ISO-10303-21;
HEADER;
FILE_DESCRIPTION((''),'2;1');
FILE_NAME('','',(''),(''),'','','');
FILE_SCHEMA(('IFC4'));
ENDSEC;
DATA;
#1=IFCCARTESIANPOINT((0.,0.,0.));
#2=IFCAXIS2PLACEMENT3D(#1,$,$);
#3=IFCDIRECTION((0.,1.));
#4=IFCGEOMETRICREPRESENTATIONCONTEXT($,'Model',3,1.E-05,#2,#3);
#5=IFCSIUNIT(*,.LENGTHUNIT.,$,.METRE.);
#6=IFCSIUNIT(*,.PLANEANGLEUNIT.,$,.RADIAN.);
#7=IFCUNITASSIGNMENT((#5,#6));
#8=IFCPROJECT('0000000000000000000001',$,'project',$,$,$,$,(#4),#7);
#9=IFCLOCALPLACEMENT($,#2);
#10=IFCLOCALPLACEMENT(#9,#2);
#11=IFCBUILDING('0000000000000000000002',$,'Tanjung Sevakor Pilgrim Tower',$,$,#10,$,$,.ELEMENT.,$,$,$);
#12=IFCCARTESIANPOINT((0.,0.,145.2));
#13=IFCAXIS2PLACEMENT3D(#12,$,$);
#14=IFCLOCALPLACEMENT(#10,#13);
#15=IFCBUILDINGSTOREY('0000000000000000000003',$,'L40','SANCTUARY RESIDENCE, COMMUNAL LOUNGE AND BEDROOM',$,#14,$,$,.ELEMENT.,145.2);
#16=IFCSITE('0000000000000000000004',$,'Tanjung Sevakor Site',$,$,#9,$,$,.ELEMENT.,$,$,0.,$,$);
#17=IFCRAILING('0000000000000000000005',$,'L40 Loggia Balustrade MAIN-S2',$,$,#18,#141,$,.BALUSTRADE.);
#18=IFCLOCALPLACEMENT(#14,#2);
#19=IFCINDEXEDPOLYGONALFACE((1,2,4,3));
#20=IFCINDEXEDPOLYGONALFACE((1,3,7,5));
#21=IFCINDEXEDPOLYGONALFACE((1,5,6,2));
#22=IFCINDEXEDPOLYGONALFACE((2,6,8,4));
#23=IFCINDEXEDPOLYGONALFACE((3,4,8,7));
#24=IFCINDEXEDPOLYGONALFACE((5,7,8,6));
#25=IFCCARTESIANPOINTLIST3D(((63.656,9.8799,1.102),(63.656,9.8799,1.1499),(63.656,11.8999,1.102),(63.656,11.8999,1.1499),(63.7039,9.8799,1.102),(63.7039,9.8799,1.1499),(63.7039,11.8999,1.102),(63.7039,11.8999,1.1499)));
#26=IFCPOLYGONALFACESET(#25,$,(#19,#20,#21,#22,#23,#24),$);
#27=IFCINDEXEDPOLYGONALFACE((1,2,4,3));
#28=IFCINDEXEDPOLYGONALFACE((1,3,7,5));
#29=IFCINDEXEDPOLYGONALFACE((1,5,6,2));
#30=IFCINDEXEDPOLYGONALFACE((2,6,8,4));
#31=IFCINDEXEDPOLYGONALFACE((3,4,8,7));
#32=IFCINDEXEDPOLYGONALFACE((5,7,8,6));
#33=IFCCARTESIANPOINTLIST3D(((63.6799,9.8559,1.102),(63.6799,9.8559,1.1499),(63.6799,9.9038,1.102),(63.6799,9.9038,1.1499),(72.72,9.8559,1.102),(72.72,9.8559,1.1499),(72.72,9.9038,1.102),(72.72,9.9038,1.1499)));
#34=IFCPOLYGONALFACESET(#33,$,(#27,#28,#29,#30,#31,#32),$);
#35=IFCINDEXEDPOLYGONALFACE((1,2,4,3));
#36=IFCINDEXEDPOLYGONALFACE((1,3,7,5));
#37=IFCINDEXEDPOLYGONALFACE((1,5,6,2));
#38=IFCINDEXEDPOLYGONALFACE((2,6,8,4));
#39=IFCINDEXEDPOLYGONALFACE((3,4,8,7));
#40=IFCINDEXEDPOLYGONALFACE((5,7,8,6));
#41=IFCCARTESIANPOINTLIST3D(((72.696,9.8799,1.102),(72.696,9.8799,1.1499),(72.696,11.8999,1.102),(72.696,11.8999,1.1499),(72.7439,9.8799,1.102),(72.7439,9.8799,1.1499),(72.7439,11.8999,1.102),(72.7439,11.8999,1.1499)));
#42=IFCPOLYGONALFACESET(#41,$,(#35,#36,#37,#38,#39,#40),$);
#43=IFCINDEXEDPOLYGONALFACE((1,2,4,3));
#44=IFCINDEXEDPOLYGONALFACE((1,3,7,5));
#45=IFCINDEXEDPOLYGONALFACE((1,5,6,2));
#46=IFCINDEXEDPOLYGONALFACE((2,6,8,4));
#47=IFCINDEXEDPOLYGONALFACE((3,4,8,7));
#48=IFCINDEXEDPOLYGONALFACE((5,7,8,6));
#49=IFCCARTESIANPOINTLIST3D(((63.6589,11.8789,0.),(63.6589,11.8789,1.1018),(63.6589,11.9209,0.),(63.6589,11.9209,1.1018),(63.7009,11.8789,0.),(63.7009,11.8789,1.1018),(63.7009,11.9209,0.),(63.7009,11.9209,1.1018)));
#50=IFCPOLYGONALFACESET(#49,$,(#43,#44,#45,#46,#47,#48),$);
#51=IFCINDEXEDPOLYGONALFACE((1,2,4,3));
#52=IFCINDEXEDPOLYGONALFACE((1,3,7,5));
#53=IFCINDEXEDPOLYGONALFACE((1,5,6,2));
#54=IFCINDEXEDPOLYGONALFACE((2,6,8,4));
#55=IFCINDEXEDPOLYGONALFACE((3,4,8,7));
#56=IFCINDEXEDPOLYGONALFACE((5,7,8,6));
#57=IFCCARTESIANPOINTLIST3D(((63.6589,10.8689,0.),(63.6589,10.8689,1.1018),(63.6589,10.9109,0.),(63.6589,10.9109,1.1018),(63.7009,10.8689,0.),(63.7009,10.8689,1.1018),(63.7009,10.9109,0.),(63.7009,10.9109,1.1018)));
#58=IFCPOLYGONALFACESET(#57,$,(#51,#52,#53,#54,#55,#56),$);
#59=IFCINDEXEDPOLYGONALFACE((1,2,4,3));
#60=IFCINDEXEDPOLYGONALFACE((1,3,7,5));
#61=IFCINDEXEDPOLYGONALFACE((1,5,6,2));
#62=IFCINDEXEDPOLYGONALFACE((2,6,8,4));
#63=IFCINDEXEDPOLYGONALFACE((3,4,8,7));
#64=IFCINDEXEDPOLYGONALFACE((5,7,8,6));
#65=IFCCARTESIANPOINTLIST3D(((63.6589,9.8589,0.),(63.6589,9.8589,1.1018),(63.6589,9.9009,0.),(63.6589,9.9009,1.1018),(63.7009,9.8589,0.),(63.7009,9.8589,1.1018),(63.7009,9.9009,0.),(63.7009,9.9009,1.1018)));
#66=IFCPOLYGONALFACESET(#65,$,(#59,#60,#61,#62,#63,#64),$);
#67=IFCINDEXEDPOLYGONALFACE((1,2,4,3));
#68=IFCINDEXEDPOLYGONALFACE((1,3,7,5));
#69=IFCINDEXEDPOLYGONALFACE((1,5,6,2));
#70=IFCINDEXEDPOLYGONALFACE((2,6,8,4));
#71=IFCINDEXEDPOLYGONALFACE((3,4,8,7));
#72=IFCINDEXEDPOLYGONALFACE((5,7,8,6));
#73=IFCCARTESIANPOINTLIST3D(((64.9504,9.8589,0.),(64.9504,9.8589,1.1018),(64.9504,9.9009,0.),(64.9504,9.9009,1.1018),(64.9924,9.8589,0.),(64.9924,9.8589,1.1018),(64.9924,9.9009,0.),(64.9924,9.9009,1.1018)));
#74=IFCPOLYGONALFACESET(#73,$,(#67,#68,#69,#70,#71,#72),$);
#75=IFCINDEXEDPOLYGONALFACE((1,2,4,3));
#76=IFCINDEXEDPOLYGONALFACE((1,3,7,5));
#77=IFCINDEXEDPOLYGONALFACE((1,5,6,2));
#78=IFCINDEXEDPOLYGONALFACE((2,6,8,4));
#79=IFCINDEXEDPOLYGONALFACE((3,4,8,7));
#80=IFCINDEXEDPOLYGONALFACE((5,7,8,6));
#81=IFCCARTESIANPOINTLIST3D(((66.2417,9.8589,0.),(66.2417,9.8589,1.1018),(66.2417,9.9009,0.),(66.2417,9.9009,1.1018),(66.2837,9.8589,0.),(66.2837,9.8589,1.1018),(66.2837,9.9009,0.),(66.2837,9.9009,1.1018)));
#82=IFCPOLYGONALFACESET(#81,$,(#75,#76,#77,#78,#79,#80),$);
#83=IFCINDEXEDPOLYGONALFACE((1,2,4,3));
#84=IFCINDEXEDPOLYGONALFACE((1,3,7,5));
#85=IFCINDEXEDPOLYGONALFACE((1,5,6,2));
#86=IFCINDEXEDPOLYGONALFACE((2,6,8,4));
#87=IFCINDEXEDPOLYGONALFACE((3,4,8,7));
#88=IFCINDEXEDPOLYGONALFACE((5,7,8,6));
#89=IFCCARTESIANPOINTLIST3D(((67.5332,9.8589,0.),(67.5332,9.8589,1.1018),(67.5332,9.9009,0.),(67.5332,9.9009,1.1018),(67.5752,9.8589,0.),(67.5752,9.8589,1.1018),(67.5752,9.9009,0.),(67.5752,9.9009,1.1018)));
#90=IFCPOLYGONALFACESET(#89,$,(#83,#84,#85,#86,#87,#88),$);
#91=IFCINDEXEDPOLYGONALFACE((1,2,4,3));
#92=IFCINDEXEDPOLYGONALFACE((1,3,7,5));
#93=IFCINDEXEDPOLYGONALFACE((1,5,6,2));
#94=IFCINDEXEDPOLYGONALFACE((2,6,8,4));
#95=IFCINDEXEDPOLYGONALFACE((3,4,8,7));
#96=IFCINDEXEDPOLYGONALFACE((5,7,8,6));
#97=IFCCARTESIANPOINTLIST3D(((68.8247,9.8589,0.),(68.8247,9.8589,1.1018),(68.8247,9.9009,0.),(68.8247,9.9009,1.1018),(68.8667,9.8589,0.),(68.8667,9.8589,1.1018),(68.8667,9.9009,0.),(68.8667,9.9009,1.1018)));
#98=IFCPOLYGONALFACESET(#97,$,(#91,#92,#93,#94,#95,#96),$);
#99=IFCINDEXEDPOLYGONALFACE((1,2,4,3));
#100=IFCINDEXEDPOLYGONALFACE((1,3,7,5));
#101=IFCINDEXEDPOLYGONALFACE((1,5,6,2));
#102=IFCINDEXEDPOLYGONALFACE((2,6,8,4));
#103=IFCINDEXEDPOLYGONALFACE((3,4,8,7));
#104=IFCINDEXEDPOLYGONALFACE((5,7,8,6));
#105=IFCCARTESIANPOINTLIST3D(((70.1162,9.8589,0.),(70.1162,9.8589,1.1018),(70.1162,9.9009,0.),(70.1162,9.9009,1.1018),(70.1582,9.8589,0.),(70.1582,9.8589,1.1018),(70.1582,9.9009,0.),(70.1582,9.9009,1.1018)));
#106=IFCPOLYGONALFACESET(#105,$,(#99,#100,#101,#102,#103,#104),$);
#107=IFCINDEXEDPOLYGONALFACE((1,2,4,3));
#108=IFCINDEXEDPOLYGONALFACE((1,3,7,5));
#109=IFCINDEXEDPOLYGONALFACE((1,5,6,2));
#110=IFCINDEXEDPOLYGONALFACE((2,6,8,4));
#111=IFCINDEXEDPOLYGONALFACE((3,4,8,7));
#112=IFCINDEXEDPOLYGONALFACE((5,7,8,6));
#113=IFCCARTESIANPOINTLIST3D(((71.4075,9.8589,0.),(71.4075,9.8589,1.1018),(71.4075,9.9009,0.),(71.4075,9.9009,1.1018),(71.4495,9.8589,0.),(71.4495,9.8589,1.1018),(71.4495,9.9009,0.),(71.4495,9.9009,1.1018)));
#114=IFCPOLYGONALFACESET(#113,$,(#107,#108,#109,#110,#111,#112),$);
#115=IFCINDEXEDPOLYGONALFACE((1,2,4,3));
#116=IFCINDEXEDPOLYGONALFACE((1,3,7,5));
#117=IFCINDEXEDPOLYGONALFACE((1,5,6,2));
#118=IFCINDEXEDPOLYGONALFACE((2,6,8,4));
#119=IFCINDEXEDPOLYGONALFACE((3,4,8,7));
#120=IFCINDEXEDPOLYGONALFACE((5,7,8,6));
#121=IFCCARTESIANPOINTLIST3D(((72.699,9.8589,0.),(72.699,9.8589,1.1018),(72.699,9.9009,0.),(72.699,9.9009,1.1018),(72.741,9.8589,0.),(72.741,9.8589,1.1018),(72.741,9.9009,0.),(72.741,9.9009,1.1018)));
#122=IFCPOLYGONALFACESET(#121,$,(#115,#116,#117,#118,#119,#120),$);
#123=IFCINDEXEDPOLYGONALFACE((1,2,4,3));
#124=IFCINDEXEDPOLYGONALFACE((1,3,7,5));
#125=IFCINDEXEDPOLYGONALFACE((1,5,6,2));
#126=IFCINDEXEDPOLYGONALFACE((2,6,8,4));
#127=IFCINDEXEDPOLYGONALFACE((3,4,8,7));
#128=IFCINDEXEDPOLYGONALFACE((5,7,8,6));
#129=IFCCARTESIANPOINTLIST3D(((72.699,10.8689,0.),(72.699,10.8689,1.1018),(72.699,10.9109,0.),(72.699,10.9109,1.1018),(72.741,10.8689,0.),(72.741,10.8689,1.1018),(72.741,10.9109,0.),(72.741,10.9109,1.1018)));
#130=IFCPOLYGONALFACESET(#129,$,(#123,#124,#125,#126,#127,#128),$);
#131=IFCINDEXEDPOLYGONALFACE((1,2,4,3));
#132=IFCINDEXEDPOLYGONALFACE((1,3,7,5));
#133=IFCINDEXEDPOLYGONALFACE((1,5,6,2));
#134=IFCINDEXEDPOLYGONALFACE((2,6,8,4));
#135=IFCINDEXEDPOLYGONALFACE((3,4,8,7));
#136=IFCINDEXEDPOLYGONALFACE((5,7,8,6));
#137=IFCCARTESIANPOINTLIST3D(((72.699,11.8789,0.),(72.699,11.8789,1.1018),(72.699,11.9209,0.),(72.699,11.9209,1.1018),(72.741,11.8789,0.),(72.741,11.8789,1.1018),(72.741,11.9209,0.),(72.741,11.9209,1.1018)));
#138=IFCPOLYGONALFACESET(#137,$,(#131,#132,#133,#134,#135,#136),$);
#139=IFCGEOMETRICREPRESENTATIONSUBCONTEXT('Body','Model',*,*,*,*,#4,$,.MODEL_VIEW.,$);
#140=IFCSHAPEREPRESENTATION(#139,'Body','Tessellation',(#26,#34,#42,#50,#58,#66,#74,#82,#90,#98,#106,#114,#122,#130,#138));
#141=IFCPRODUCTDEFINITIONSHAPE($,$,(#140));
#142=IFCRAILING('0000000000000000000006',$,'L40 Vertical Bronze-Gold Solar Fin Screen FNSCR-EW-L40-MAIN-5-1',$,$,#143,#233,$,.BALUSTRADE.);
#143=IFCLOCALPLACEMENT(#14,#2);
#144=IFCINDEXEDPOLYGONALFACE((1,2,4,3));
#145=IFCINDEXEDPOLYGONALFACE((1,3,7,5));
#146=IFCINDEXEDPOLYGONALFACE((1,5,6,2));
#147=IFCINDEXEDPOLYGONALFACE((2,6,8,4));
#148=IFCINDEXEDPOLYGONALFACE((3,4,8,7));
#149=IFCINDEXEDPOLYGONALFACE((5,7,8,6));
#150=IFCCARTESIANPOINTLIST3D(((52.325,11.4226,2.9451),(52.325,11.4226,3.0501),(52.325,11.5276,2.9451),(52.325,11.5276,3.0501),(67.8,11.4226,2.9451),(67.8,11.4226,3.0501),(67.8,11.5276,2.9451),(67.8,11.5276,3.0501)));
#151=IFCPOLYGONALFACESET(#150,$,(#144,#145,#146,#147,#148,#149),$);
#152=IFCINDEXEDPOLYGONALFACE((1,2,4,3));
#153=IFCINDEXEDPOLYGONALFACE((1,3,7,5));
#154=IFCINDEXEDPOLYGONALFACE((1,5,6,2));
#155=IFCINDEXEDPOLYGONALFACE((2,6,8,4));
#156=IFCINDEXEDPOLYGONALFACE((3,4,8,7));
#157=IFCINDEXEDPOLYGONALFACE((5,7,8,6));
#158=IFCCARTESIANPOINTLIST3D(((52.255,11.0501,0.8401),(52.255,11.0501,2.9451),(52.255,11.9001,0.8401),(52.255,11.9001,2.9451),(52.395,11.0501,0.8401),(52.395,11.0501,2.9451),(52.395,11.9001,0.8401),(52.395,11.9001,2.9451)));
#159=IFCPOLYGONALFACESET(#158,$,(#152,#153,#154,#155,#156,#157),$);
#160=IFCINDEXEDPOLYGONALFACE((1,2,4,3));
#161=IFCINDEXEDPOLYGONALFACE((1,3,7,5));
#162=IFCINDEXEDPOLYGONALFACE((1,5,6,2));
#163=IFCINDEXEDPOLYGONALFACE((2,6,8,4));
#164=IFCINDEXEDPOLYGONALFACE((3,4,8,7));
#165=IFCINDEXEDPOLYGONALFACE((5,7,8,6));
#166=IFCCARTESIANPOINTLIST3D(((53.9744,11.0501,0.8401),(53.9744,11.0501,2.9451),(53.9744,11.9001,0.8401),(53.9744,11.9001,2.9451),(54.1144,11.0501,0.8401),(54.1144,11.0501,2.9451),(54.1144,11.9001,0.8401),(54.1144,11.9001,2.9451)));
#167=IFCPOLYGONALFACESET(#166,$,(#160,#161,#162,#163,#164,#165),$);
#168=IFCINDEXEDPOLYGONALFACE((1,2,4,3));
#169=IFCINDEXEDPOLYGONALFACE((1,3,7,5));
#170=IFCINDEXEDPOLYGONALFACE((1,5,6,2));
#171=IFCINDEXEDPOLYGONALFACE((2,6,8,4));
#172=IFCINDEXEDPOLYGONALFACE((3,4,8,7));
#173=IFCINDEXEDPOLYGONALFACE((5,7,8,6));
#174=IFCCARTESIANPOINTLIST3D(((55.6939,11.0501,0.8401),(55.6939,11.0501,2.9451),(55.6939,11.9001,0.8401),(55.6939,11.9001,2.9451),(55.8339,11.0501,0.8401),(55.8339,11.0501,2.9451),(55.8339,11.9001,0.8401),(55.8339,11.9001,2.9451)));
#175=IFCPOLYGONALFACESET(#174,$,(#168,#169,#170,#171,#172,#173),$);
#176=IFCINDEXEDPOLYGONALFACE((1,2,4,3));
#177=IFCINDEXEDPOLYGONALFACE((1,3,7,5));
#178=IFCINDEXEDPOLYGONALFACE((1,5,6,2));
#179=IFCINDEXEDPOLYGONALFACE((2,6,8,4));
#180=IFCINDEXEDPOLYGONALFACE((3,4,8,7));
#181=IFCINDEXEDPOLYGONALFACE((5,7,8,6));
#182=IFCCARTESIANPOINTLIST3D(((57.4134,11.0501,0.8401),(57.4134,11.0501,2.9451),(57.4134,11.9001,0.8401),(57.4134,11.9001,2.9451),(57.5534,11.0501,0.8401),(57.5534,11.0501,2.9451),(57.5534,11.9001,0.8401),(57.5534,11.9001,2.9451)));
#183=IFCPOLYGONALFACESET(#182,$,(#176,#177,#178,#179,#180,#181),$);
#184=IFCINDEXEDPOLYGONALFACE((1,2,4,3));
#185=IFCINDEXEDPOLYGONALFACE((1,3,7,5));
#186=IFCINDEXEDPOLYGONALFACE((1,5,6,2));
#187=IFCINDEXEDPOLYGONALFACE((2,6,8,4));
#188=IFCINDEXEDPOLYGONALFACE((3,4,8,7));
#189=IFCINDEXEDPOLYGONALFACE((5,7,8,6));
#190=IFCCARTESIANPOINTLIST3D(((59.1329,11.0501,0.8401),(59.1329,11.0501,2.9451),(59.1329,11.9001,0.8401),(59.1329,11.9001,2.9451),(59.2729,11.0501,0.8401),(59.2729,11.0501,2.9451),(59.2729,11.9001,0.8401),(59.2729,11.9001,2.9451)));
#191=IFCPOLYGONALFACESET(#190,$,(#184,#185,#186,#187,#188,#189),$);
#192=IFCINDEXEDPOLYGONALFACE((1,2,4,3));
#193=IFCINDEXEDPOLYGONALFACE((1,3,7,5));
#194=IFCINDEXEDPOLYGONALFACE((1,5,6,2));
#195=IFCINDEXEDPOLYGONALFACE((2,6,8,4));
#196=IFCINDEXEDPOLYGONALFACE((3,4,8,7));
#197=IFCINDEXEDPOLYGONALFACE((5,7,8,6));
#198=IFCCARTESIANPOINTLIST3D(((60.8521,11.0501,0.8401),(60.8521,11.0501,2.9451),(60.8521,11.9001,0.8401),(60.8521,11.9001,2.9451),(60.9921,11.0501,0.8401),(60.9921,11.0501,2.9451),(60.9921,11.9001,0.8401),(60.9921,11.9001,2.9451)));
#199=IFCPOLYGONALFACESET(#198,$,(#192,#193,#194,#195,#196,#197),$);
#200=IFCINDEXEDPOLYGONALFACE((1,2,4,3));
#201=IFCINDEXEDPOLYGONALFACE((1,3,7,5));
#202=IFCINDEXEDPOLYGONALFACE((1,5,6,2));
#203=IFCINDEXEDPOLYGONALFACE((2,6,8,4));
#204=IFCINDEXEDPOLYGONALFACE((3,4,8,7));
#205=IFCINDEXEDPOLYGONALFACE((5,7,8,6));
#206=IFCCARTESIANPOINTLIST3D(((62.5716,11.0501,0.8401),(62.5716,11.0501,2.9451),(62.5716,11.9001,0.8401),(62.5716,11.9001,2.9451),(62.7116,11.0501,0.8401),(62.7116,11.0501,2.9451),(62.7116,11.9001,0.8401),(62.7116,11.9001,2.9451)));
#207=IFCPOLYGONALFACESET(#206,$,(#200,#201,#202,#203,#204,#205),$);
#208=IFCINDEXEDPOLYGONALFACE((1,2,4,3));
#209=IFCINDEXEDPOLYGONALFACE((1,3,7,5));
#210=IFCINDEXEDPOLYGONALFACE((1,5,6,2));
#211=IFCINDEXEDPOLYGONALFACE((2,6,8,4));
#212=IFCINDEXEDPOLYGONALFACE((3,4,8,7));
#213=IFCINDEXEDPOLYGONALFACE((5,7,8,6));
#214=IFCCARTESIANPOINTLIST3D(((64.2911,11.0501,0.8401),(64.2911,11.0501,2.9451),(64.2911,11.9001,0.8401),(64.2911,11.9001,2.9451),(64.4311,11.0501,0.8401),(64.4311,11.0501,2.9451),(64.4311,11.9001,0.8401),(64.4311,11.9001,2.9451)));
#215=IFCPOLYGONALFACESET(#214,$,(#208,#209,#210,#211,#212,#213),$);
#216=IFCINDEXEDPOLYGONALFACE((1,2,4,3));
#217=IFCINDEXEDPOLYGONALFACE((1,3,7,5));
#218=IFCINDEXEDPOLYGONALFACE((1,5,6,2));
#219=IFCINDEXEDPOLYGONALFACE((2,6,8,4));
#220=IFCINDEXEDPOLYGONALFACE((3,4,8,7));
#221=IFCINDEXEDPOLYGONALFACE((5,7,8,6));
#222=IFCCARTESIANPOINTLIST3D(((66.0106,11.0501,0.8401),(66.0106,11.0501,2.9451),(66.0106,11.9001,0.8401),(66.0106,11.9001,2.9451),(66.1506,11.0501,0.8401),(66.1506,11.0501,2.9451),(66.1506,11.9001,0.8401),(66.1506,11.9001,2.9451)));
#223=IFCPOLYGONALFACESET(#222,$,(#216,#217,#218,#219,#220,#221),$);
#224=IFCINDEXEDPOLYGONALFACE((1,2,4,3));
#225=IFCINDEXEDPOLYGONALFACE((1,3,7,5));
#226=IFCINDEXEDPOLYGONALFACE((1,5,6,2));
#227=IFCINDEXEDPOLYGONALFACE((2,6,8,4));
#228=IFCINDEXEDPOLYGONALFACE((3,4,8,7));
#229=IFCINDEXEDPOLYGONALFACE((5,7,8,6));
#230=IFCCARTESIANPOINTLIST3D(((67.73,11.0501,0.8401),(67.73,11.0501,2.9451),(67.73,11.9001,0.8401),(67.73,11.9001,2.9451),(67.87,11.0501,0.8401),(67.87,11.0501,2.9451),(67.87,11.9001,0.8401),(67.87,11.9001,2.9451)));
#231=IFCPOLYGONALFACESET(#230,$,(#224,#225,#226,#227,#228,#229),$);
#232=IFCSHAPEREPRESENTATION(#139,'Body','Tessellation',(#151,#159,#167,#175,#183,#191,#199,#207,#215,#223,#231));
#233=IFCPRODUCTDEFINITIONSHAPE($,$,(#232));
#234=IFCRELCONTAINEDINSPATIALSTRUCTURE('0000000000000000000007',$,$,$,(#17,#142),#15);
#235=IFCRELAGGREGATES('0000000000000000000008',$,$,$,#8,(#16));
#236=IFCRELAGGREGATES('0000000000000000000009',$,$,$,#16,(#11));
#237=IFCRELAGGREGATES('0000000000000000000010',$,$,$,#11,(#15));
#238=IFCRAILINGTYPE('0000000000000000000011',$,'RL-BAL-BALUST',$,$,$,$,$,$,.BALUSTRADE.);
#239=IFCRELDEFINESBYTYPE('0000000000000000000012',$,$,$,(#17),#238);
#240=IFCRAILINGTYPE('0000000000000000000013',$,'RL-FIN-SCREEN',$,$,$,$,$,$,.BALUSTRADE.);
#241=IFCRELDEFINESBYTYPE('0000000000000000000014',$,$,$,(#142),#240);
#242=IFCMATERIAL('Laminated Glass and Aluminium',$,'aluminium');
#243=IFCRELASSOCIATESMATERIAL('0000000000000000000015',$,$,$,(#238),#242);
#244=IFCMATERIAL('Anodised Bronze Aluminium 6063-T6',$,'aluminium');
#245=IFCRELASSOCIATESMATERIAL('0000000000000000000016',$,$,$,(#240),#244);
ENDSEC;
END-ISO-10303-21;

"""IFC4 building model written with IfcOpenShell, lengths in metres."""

from ifc_helpers import new_model, si_unit, direction, frame, origin, place, context, subcontext, project, spatial, rectangle, extrude, material, type_object, element, save


model = new_model("IFC4")

# Units and contexts
model_context = context("Model", 3, precision=1e-05, world=origin(), true_north=direction((0.0, 1.0)))
body_context = subcontext(model_context, "Body", "Model", "MODEL_VIEW")
ifc_project = project(units=[si_unit("LENGTHUNIT", "METRE"), si_unit("PLANEANGLEUNIT", "RADIAN")], contexts=[model_context])

# Site, building, storey
site_placement = place(None, origin())
site = spatial("IfcSite", under=ifc_project, at=site_placement, Name="Tanjung Sevakor Site", CompositionType="ELEMENT", RefElevation=0.0)
building_placement = place(site_placement, origin())
building = spatial("IfcBuilding", under=site, at=building_placement, Name="Tanjung Sevakor Pilgrim Tower", CompositionType="ELEMENT")
storey_placement = place(building_placement, frame((0.0, 0.0, 145.2)))
storey = spatial("IfcBuildingStorey", under=building, at=storey_placement, Name="L40", Description="SANCTUARY RESIDENCE, COMMUNAL LOUNGE AND BEDROOM", CompositionType="ELEMENT", Elevation=145.2)

# Railings
ifc_material_1 = material(Name="Laminated Glass and Aluminium", Category="aluminium")
railing_type_1 = type_object("IfcRailingType", Name="RL-BAL-BALUST", PredefinedType="BALUSTRADE", material=ifc_material_1)
railing_1_placement = place(storey_placement, frame((63.6799, 11.8999, 0.0)))
element("IfcRailing", 1, at=railing_1_placement, inside=storey, type_object=railing_type_1, Name="L40 Loggia Balustrade MAIN-S2", PredefinedType="BALUSTRADE", context=body_context, shape_type="SweptSolid", body=[
    extrude(rectangle(XDim=0.0479, YDim=0.0479), frame((0.0, 0.0, 1.126), z_axis=(0.0, -1.0, 0.0), x_axis=(1.0, 0.0, 0.0)), (0.0, 0.0, 1.0), 2.02),
    extrude(rectangle(XDim=0.0479, YDim=0.0479), frame((0.0, -2.02, 1.126), z_axis=(1.0, 0.0, 0.0), x_axis=(0.0, 1.0, 0.0)), (0.0, 0.0, 1.0), 9.04),
    extrude(rectangle(XDim=0.0479, YDim=0.0479), frame((9.04, -2.02, 1.126), z_axis=(0.0, 1.0, 0.0), x_axis=(-1.0, 0.0, 0.0)), (0.0, 0.0, 1.0), 2.02),
    extrude(rectangle(XDim=0.042, YDim=0.042), origin(), (0.0, 0.0, 1.0), 1.1018),
    extrude(rectangle(XDim=0.042, YDim=0.042), frame((0.0, -1.01, 0.0)), (0.0, 0.0, 1.0), 1.1018),
    extrude(rectangle(XDim=0.042, YDim=0.042), frame((0.0, -2.02, 0.0)), (0.0, 0.0, 1.0), 1.1018),
    extrude(rectangle(XDim=0.042, YDim=0.042), frame((1.2915, -2.02, 0.0)), (0.0, 0.0, 1.0), 1.1018),
    extrude(rectangle(XDim=0.042, YDim=0.042), frame((2.5828, -2.02, 0.0)), (0.0, 0.0, 1.0), 1.1018),
    extrude(rectangle(XDim=0.042, YDim=0.042), frame((3.8743, -2.02, 0.0)), (0.0, 0.0, 1.0), 1.1018),
    extrude(rectangle(XDim=0.042, YDim=0.042), frame((5.1658, -2.02, 0.0)), (0.0, 0.0, 1.0), 1.1018),
    extrude(rectangle(XDim=0.042, YDim=0.042), frame((6.4573, -2.02, 0.0)), (0.0, 0.0, 1.0), 1.1018),
    extrude(rectangle(XDim=0.042, YDim=0.042), frame((7.7485, -2.02, 0.0)), (0.0, 0.0, 1.0), 1.1018),
    extrude(rectangle(XDim=0.042, YDim=0.042), frame((9.04, -2.02, 0.0)), (0.0, 0.0, 1.0), 1.1018),
    extrude(rectangle(XDim=0.042, YDim=0.042), frame((9.04, -1.01, 0.0)), (0.0, 0.0, 1.0), 1.1018),
    extrude(rectangle(XDim=0.042, YDim=0.042), frame((9.04, 0.0, 0.0)), (0.0, 0.0, 1.0), 1.1018),
])
ifc_material_2 = material(Name="Anodised Bronze Aluminium 6063-T6", Category="aluminium")
railing_type_2 = type_object("IfcRailingType", Name="RL-FIN-SCREEN", PredefinedType="BALUSTRADE", material=ifc_material_2)
railing_2_placement = place(storey_placement, frame((52.325, 11.4751, 0.8401)))
element("IfcRailing", 2, at=railing_2_placement, inside=storey, type_object=railing_type_2, Name="L40 Vertical Bronze-Gold Solar Fin Screen FNSCR-EW-L40-MAIN-5-1", PredefinedType="BALUSTRADE", context=body_context, shape_type="SweptSolid", body=[
    extrude(rectangle(XDim=0.105, YDim=0.105), frame((0.0, 0.0, 2.1575), z_axis=(1.0, 0.0, 0.0), x_axis=(0.0, 1.0, 0.0)), (0.0, 0.0, 1.0), 15.4751),
    extrude(rectangle(XDim=0.14, YDim=0.85), origin(), (0.0, 0.0, 1.0), 2.105),
    extrude(rectangle(XDim=0.14, YDim=0.85), frame((1.7195, 0.0, 0.0)), (0.0, 0.0, 1.0), 2.105),
    extrude(rectangle(XDim=0.14, YDim=0.85), frame((3.439, 0.0, 0.0)), (0.0, 0.0, 1.0), 2.105),
    extrude(rectangle(XDim=0.14, YDim=0.85), frame((5.1584, 0.0, 0.0)), (0.0, 0.0, 1.0), 2.105),
    extrude(rectangle(XDim=0.14, YDim=0.85), frame((6.8779, 0.0, 0.0)), (0.0, 0.0, 1.0), 2.105),
    extrude(rectangle(XDim=0.14, YDim=0.85), frame((8.5972, 0.0, 0.0)), (0.0, 0.0, 1.0), 2.105),
    extrude(rectangle(XDim=0.14, YDim=0.85), frame((10.3167, 0.0, 0.0)), (0.0, 0.0, 1.0), 2.105),
    extrude(rectangle(XDim=0.14, YDim=0.85), frame((12.0361, 0.0, 0.0)), (0.0, 0.0, 1.0), 2.105),
    extrude(rectangle(XDim=0.14, YDim=0.85), frame((13.7556, 0.0, 0.0)), (0.0, 0.0, 1.0), 2.105),
    extrude(rectangle(XDim=0.14, YDim=0.85), frame((15.4751, 0.0, 0.0)), (0.0, 0.0, 1.0), 2.105),
])

save(model, "model.ifc")
